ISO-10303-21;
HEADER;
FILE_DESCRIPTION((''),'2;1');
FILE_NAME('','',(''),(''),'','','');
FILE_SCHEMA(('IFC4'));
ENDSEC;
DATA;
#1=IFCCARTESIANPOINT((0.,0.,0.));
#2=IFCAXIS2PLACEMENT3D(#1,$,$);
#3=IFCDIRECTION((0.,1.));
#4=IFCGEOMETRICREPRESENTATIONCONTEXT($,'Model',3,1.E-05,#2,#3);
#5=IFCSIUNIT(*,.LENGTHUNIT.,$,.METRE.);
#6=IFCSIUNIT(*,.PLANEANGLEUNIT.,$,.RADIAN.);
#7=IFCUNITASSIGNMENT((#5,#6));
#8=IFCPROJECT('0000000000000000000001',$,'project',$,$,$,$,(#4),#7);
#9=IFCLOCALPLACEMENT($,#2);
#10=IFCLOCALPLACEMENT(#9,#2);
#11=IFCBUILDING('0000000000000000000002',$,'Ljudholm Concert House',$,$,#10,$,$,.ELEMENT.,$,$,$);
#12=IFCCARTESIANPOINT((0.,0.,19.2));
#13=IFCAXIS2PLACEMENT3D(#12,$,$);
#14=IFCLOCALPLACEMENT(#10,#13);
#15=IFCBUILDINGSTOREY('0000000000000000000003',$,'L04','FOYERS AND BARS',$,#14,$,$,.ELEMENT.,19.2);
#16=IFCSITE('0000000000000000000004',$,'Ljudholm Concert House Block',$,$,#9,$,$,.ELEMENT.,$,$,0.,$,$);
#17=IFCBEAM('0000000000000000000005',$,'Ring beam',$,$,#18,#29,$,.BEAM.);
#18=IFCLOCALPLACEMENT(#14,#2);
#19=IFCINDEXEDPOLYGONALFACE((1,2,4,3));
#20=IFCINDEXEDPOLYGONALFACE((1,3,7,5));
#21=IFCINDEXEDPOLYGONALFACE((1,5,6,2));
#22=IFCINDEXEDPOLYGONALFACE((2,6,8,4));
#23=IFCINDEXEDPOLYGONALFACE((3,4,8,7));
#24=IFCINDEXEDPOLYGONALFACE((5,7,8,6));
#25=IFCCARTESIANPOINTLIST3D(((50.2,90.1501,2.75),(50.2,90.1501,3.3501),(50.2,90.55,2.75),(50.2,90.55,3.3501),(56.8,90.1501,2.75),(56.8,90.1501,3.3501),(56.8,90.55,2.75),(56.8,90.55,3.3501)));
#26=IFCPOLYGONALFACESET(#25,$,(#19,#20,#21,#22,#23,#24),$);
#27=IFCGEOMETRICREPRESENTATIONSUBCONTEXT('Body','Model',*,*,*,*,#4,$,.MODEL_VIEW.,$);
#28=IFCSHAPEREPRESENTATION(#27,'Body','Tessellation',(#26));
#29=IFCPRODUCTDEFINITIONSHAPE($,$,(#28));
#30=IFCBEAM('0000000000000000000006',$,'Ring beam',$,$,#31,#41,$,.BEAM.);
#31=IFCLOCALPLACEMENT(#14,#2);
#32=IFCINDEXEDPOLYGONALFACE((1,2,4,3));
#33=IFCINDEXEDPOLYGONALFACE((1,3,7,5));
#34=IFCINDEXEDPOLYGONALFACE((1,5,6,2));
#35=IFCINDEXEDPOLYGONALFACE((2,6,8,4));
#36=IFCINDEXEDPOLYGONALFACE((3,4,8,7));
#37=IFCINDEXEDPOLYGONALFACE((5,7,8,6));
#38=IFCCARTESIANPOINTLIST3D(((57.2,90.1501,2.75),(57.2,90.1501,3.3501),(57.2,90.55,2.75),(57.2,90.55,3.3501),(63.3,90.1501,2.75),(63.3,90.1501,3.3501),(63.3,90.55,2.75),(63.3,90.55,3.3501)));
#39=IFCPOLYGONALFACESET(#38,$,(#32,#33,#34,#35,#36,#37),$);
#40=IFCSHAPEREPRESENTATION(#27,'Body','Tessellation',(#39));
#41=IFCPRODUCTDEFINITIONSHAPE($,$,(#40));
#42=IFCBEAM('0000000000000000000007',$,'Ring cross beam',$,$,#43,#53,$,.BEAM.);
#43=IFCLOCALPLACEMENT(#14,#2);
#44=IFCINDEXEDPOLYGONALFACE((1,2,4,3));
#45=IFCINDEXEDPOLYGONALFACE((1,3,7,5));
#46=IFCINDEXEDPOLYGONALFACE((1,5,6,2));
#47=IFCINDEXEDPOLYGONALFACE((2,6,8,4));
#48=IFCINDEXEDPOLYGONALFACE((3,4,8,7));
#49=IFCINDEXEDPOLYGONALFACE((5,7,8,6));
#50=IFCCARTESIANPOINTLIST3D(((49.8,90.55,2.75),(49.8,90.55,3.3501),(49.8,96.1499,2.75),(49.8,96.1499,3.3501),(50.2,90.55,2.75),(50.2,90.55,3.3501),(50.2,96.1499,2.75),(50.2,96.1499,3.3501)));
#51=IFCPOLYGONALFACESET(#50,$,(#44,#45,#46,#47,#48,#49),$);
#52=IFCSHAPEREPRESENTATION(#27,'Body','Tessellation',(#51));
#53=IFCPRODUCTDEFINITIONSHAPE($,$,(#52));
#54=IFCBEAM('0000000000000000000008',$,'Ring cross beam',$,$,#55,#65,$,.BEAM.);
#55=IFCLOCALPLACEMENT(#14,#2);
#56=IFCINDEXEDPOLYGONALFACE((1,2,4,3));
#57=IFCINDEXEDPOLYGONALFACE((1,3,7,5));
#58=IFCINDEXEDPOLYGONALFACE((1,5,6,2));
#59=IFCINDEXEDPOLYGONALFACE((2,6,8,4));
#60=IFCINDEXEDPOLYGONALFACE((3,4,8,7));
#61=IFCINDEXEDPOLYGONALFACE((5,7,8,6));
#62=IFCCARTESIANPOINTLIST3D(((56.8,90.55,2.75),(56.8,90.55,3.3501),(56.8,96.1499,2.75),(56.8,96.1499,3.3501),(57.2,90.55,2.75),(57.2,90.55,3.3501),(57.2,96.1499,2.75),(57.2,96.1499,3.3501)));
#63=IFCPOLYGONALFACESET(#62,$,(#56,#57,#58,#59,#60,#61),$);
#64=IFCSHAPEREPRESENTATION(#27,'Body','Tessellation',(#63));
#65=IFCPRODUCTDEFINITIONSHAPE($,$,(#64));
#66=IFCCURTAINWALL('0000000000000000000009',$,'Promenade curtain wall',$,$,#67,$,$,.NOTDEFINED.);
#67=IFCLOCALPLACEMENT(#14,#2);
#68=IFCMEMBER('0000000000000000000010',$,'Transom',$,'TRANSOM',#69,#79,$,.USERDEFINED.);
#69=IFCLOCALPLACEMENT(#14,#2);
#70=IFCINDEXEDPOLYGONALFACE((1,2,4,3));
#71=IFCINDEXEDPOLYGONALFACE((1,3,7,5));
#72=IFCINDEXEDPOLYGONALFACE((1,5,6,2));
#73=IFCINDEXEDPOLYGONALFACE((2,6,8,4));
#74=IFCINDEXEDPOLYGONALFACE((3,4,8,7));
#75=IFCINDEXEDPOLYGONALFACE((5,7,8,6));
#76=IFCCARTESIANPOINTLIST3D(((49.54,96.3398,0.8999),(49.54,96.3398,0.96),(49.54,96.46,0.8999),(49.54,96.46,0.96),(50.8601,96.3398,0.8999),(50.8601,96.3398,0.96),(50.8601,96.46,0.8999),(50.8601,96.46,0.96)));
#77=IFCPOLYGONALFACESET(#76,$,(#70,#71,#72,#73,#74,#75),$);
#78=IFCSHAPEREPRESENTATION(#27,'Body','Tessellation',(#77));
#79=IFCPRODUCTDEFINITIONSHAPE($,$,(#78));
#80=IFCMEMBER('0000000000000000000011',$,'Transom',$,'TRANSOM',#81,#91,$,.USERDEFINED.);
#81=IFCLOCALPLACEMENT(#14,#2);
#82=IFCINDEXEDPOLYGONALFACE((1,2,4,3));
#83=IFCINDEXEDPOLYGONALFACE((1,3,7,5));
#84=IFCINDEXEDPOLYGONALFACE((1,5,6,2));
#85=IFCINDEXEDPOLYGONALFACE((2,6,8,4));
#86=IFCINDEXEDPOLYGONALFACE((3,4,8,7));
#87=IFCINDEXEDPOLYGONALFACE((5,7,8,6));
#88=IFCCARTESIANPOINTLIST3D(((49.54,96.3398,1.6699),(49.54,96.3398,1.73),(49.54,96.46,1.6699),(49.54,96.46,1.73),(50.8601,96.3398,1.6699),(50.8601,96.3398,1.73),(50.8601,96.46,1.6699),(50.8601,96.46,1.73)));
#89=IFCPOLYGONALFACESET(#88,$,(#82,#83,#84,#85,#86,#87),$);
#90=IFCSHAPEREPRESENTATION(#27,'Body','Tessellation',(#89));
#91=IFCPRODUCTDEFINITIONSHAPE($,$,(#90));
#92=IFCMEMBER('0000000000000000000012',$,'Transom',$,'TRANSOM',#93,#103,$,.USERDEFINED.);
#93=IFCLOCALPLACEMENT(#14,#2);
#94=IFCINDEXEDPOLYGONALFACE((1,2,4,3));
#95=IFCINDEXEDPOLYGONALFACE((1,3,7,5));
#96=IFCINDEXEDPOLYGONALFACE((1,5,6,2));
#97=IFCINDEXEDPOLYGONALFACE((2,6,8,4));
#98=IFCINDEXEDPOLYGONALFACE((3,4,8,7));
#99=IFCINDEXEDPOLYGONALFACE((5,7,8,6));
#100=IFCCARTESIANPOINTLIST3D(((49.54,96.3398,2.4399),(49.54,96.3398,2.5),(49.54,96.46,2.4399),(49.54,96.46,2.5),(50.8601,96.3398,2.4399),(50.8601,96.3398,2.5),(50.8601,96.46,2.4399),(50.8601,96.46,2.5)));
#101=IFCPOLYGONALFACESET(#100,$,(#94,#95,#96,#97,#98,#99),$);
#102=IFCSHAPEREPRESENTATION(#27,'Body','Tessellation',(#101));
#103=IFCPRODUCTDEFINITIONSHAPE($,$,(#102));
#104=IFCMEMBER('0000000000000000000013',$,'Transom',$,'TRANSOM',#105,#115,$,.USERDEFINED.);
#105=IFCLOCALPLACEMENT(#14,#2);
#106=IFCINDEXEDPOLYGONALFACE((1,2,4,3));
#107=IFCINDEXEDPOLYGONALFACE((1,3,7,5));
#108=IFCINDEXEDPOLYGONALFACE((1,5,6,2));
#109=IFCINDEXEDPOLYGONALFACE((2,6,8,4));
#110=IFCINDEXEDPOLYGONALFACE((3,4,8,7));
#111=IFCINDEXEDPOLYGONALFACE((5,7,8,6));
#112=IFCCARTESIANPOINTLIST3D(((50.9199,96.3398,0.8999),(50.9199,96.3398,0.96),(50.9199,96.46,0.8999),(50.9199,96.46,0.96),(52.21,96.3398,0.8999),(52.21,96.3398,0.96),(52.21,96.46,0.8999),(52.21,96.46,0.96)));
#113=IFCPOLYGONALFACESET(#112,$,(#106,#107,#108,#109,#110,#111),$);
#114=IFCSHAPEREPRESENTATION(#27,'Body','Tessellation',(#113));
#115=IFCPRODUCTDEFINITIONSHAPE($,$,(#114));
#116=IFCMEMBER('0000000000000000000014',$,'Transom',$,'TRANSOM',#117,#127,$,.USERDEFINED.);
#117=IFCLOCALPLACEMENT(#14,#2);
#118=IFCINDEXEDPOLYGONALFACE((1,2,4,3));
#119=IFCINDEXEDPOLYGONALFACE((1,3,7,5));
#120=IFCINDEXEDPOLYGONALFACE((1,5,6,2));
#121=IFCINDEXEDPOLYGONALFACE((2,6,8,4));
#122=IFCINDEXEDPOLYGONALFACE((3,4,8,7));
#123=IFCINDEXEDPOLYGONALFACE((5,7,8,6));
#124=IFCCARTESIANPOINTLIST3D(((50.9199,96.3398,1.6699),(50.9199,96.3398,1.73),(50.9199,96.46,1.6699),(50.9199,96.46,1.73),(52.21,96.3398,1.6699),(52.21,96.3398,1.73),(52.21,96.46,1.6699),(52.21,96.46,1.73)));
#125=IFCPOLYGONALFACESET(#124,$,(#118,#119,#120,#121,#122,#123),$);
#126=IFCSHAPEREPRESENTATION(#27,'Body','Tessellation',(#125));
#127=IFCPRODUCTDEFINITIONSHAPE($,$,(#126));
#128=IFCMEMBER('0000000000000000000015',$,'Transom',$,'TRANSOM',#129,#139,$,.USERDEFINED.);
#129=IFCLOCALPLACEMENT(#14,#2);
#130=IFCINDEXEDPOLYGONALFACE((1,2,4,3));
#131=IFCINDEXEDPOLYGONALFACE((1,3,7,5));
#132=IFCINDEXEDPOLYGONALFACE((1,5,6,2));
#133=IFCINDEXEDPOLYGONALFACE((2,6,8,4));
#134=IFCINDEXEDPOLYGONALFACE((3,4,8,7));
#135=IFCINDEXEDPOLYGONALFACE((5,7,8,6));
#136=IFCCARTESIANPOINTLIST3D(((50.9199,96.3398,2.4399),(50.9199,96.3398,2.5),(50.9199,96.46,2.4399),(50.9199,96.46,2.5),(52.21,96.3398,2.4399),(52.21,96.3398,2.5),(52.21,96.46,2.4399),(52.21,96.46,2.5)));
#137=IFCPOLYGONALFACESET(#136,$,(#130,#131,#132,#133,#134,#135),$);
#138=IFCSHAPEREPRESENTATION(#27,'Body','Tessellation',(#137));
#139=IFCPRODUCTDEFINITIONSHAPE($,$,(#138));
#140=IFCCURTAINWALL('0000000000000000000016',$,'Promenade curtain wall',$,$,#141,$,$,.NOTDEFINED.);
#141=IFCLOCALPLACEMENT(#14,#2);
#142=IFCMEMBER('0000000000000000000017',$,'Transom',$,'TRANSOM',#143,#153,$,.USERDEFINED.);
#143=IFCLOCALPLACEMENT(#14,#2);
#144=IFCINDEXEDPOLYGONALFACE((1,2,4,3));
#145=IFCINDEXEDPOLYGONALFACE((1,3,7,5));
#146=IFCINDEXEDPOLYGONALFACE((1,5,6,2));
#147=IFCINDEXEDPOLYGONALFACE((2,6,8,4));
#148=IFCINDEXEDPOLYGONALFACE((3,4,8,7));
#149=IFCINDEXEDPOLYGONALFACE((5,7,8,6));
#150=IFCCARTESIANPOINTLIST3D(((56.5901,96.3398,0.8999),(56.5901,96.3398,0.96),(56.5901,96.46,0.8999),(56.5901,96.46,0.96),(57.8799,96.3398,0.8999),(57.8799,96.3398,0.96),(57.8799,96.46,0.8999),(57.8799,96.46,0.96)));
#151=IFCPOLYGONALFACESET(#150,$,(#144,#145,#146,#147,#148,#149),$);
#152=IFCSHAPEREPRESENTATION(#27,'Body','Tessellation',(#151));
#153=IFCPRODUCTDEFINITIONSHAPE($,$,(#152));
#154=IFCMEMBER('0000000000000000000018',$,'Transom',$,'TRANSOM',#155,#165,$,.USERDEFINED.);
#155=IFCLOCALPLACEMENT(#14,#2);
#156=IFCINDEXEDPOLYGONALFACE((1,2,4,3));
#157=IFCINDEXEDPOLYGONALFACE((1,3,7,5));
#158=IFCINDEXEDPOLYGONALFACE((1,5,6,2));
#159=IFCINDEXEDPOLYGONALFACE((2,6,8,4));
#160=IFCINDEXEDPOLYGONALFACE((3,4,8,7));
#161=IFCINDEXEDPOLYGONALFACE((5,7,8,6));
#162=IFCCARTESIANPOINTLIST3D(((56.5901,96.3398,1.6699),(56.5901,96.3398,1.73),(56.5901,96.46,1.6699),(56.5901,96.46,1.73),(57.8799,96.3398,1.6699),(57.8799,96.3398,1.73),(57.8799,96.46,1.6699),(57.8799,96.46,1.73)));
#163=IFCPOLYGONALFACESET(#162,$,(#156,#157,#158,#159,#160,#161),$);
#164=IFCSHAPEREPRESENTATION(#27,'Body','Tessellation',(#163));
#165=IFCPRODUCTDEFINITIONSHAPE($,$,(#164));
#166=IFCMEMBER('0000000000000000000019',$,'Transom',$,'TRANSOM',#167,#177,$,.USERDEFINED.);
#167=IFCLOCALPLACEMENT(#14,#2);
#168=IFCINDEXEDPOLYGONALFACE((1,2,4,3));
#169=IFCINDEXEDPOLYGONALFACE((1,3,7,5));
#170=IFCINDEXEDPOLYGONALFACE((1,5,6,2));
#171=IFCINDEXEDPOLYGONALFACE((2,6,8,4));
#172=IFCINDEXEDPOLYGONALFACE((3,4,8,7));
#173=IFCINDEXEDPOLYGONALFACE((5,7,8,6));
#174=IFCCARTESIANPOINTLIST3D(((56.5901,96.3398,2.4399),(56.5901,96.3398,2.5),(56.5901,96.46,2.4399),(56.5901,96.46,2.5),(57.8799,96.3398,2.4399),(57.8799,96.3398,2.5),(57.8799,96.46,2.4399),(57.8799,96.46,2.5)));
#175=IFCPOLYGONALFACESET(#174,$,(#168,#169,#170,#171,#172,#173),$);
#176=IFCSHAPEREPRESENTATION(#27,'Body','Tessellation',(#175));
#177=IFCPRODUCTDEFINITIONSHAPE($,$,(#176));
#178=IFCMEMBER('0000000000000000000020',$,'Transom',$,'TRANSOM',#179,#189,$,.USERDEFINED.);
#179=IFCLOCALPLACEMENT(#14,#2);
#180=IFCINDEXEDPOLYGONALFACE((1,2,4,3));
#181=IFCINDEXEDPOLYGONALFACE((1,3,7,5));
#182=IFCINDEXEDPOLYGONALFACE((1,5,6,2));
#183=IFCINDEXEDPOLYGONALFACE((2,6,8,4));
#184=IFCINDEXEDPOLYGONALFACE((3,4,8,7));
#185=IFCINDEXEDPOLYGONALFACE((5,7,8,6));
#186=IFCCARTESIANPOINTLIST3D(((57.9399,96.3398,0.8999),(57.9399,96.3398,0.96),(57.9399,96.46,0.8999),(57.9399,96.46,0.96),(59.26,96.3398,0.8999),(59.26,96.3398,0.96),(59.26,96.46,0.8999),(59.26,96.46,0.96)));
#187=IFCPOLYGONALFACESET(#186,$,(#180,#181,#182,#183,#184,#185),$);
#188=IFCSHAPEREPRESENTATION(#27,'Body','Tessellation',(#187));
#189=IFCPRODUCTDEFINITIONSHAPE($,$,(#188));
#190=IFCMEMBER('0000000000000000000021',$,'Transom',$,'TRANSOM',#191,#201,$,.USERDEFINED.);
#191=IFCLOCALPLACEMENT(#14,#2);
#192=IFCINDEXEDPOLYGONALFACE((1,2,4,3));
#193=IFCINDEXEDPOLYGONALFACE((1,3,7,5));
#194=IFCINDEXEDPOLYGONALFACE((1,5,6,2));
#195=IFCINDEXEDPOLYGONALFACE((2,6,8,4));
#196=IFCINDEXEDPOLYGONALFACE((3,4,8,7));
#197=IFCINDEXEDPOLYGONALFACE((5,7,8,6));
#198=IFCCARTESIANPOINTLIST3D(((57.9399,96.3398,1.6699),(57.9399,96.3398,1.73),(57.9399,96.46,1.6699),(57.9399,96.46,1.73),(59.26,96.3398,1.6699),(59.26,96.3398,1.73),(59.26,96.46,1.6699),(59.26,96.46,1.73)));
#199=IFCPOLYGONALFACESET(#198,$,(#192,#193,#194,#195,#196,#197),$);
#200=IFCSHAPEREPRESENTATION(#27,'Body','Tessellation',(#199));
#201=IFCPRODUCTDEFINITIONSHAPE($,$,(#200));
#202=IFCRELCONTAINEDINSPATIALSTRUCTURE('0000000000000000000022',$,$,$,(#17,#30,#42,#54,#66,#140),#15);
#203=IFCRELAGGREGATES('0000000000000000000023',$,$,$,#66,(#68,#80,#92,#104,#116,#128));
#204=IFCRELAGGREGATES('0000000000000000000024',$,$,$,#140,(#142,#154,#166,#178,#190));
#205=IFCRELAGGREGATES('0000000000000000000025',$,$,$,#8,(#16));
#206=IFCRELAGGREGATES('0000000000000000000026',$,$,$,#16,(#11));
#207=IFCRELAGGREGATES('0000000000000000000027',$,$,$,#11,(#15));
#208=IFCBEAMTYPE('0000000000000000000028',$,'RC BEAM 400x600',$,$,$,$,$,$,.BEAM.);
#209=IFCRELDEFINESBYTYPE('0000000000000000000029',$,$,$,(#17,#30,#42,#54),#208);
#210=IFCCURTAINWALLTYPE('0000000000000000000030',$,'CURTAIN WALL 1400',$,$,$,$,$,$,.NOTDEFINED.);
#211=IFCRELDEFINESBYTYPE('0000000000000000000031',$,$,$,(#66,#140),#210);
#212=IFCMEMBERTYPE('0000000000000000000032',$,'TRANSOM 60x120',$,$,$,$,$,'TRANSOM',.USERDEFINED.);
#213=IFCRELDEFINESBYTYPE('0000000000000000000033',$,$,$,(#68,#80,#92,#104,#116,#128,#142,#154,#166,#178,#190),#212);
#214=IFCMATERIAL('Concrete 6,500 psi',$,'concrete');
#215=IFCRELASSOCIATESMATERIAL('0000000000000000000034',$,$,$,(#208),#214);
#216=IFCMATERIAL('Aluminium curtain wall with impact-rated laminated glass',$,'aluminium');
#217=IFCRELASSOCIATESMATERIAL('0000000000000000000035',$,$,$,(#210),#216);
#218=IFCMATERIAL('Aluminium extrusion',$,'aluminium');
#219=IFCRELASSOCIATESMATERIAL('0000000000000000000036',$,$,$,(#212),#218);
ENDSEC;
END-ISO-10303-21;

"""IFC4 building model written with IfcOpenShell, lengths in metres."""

from ifc_helpers import new_model, si_unit, direction, frame, origin, origin_2d, place, context, subcontext, project, spatial, rectangle, extrude, material, material_profile, profile_set, type_object, element, aggregate, save


model = new_model("IFC4")

# Units and contexts
model_context = context("Model", 3, precision=1e-05, world=origin(), true_north=direction((0.0, 1.0)))
body_context = subcontext(model_context, "Body", "Model", "MODEL_VIEW")
ifc_project = project(units=[si_unit("LENGTHUNIT", "METRE"), si_unit("PLANEANGLEUNIT", "RADIAN")], contexts=[model_context])

# Site, building, storey
site_placement = place(None, origin())
site = spatial("IfcSite", under=ifc_project, at=site_placement, Name="Ljudholm Concert House Block", CompositionType="ELEMENT", RefElevation=0.0)
building_placement = place(site_placement, origin())
building = spatial("IfcBuilding", under=site, at=building_placement, Name="Ljudholm Concert House", CompositionType="ELEMENT")
storey_placement = place(building_placement, frame((0.0, 0.0, 19.2)))
storey = spatial("IfcBuildingStorey", under=building, at=storey_placement, Name="L04", Description="FOYERS AND BARS", CompositionType="ELEMENT", Elevation=19.2)

# Beams
ifc_material_1 = material(Name="Concrete 6,500 psi", Category="concrete")
ifc_material_profile_1 = material_profile(ifc_material_1, rectangle(XDim=0.3999, YDim=0.6001, at=origin_2d()), Name="RC BEAM 400x600")
ifc_profile_set_1 = profile_set([ifc_material_profile_1], Name="Concrete 6,500 psi")
beam_type = type_object("IfcBeamType", Name="RC BEAM 400x600", PredefinedType="BEAM", material=ifc_profile_set_1)
beam_1_placement = place(storey_placement, frame((50.2, 90.3501, 3.05), z_axis=(1.0, 0.0, 0.0), x_axis=(0.0, 1.0, 0.0)))
element("IfcBeam", 1, at=beam_1_placement, inside=storey, type_object=beam_type, Name="Ring beam", PredefinedType="BEAM", context=body_context, shape_type="SweptSolid", body=[
    extrude(rectangle(XDim=0.3999, YDim=0.6001, at=origin_2d()), origin(), (0.0, 0.0, 1.0), 6.6001),
])
beam_2_placement = place(storey_placement, frame((57.2, 90.3501, 3.05), z_axis=(1.0, 0.0, 0.0), x_axis=(0.0, 1.0, 0.0)))
element("IfcBeam", 2, at=beam_2_placement, inside=storey, type_object=beam_type, Name="Ring beam", PredefinedType="BEAM", context=body_context, shape_type="SweptSolid", body=[
    extrude(rectangle(XDim=0.3999, YDim=0.6001, at=origin_2d()), origin(), (0.0, 0.0, 1.0), 6.1001),
])
for number, where, z_axis, x_axis, name in (
    (3, (50.0, 90.55, 3.05), (0.0, 1.0, 0.0), (-1.0, 0.0, 0.0), "Ring cross beam"),
    (4, (57.0, 90.55, 3.05), (0.0, 1.0, 0.0), (-1.0, 0.0, 0.0), "Ring cross beam"),
):
    element("IfcBeam", number, at=place(storey_placement, frame(where, z_axis=z_axis, x_axis=x_axis)), inside=storey, type_object=beam_type, Name=name, PredefinedType="BEAM", context=body_context, shape_type="SweptSolid", body=[
        extrude(rectangle(XDim=0.3999, YDim=0.6001, at=origin_2d()), origin(), (0.0, 0.0, 1.0), 5.5999),
    ])

# Curtain walls, members
ifc_material_2 = material(Name="Aluminium curtain wall with impact-rated laminated glass", Category="aluminium")
curtain_wall_type = type_object("IfcCurtainWallType", Name="CURTAIN WALL 1400", PredefinedType="NOTDEFINED", material=ifc_material_2)
curtain_wall_1_placement = place(storey_placement, origin())
curtain_wall_1 = element("IfcCurtainWall", 5, at=curtain_wall_1_placement, inside=storey, type_object=curtain_wall_type, Name="Promenade curtain wall", PredefinedType="NOTDEFINED")
ifc_material_3 = material(Name="Aluminium extrusion", Category="aluminium")
ifc_material_profile_2 = material_profile(ifc_material_3, rectangle(XDim=0.1201, YDim=0.0601, at=origin_2d()), Name="TRANSOM 60x120")
ifc_profile_set_2 = profile_set([ifc_material_profile_2], Name="Aluminium extrusion")
member_type = type_object("IfcMemberType", Name="TRANSOM 60x120", ElementType="TRANSOM", PredefinedType="USERDEFINED", material=ifc_profile_set_2)
member_1_placement = place(storey_placement, frame((49.54, 96.3999, 0.9299), z_axis=(1.0, 0.0, 0.0), x_axis=(0.0, 1.0, 0.0)))
member_1 = element("IfcMember", 6, at=member_1_placement, type_object=member_type, Name="Transom", ObjectType="TRANSOM", PredefinedType="USERDEFINED", context=body_context, shape_type="SweptSolid", body=[
    extrude(rectangle(XDim=0.1201, YDim=0.0601, at=origin_2d()), origin(), (0.0, 0.0, 1.0), 1.3201),
])
member_2_placement = place(storey_placement, frame((49.54, 96.3999, 1.7), z_axis=(1.0, 0.0, 0.0), x_axis=(0.0, 1.0, 0.0)))
member_2 = element("IfcMember", 7, at=member_2_placement, type_object=member_type, Name="Transom", ObjectType="TRANSOM", PredefinedType="USERDEFINED", context=body_context, shape_type="SweptSolid", body=[
    extrude(rectangle(XDim=0.1201, YDim=0.0601, at=origin_2d()), origin(), (0.0, 0.0, 1.0), 1.3201),
])
member_3_placement = place(storey_placement, frame((49.54, 96.3999, 2.47), z_axis=(1.0, 0.0, 0.0), x_axis=(0.0, 1.0, 0.0)))
member_3 = element("IfcMember", 8, at=member_3_placement, type_object=member_type, Name="Transom", ObjectType="TRANSOM", PredefinedType="USERDEFINED", context=body_context, shape_type="SweptSolid", body=[
    extrude(rectangle(XDim=0.1201, YDim=0.0601, at=origin_2d()), origin(), (0.0, 0.0, 1.0), 1.3201),
])
member_4_placement = place(storey_placement, frame((50.9199, 96.3999, 0.9299), z_axis=(1.0, 0.0, 0.0), x_axis=(0.0, 1.0, 0.0)))
member_4 = element("IfcMember", 9, at=member_4_placement, type_object=member_type, Name="Transom", ObjectType="TRANSOM", PredefinedType="USERDEFINED", context=body_context, shape_type="SweptSolid", body=[
    extrude(rectangle(XDim=0.1201, YDim=0.0601, at=origin_2d()), origin(), (0.0, 0.0, 1.0), 1.29),
])
member_5_placement = place(storey_placement, frame((50.9199, 96.3999, 1.7), z_axis=(1.0, 0.0, 0.0), x_axis=(0.0, 1.0, 0.0)))
member_5 = element("IfcMember", 10, at=member_5_placement, type_object=member_type, Name="Transom", ObjectType="TRANSOM", PredefinedType="USERDEFINED", context=body_context, shape_type="SweptSolid", body=[
    extrude(rectangle(XDim=0.1201, YDim=0.0601, at=origin_2d()), origin(), (0.0, 0.0, 1.0), 1.29),
])
member_6_placement = place(storey_placement, frame((50.9199, 96.3999, 2.47), z_axis=(1.0, 0.0, 0.0), x_axis=(0.0, 1.0, 0.0)))
member_6 = element("IfcMember", 11, at=member_6_placement, type_object=member_type, Name="Transom", ObjectType="TRANSOM", PredefinedType="USERDEFINED", context=body_context, shape_type="SweptSolid", body=[
    extrude(rectangle(XDim=0.1201, YDim=0.0601, at=origin_2d()), origin(), (0.0, 0.0, 1.0), 1.29),
])
curtain_wall_2_placement = place(storey_placement, origin())
curtain_wall_2 = element("IfcCurtainWall", 12, at=curtain_wall_2_placement, inside=storey, type_object=curtain_wall_type, Name="Promenade curtain wall", PredefinedType="NOTDEFINED")
member_7_placement = place(storey_placement, frame((56.5901, 96.3999, 0.9299), z_axis=(1.0, 0.0, 0.0), x_axis=(0.0, 1.0, 0.0)))
member_7 = element("IfcMember", 13, at=member_7_placement, type_object=member_type, Name="Transom", ObjectType="TRANSOM", PredefinedType="USERDEFINED", context=body_context, shape_type="SweptSolid", body=[
    extrude(rectangle(XDim=0.1201, YDim=0.0601, at=origin_2d()), origin(), (0.0, 0.0, 1.0), 1.2898),
])
member_8_placement = place(storey_placement, frame((56.5901, 96.3999, 1.7), z_axis=(1.0, 0.0, 0.0), x_axis=(0.0, 1.0, 0.0)))
member_8 = element("IfcMember", 14, at=member_8_placement, type_object=member_type, Name="Transom", ObjectType="TRANSOM", PredefinedType="USERDEFINED", context=body_context, shape_type="SweptSolid", body=[
    extrude(rectangle(XDim=0.1201, YDim=0.0601, at=origin_2d()), origin(), (0.0, 0.0, 1.0), 1.2898),
])
member_9_placement = place(storey_placement, frame((56.5901, 96.3999, 2.47), z_axis=(1.0, 0.0, 0.0), x_axis=(0.0, 1.0, 0.0)))
member_9 = element("IfcMember", 15, at=member_9_placement, type_object=member_type, Name="Transom", ObjectType="TRANSOM", PredefinedType="USERDEFINED", context=body_context, shape_type="SweptSolid", body=[
    extrude(rectangle(XDim=0.1201, YDim=0.0601, at=origin_2d()), origin(), (0.0, 0.0, 1.0), 1.2898),
])
member_10_placement = place(storey_placement, frame((57.9399, 96.3999, 0.9299), z_axis=(1.0, 0.0, 0.0), x_axis=(0.0, 1.0, 0.0)))
member_10 = element("IfcMember", 16, at=member_10_placement, type_object=member_type, Name="Transom", ObjectType="TRANSOM", PredefinedType="USERDEFINED", context=body_context, shape_type="SweptSolid", body=[
    extrude(rectangle(XDim=0.1201, YDim=0.0601, at=origin_2d()), origin(), (0.0, 0.0, 1.0), 1.3201),
])
member_11_placement = place(storey_placement, frame((57.9399, 96.3999, 1.7), z_axis=(1.0, 0.0, 0.0), x_axis=(0.0, 1.0, 0.0)))
member_11 = element("IfcMember", 17, at=member_11_placement, type_object=member_type, Name="Transom", ObjectType="TRANSOM", PredefinedType="USERDEFINED", context=body_context, shape_type="SweptSolid", body=[
    extrude(rectangle(XDim=0.1201, YDim=0.0601, at=origin_2d()), origin(), (0.0, 0.0, 1.0), 1.3201),
])

aggregate(curtain_wall_1, [member_1, member_2, member_3, member_4, member_5, member_6])
aggregate(curtain_wall_2, [member_7, member_8, member_9, member_10, member_11])

save(model, "model.ifc")
